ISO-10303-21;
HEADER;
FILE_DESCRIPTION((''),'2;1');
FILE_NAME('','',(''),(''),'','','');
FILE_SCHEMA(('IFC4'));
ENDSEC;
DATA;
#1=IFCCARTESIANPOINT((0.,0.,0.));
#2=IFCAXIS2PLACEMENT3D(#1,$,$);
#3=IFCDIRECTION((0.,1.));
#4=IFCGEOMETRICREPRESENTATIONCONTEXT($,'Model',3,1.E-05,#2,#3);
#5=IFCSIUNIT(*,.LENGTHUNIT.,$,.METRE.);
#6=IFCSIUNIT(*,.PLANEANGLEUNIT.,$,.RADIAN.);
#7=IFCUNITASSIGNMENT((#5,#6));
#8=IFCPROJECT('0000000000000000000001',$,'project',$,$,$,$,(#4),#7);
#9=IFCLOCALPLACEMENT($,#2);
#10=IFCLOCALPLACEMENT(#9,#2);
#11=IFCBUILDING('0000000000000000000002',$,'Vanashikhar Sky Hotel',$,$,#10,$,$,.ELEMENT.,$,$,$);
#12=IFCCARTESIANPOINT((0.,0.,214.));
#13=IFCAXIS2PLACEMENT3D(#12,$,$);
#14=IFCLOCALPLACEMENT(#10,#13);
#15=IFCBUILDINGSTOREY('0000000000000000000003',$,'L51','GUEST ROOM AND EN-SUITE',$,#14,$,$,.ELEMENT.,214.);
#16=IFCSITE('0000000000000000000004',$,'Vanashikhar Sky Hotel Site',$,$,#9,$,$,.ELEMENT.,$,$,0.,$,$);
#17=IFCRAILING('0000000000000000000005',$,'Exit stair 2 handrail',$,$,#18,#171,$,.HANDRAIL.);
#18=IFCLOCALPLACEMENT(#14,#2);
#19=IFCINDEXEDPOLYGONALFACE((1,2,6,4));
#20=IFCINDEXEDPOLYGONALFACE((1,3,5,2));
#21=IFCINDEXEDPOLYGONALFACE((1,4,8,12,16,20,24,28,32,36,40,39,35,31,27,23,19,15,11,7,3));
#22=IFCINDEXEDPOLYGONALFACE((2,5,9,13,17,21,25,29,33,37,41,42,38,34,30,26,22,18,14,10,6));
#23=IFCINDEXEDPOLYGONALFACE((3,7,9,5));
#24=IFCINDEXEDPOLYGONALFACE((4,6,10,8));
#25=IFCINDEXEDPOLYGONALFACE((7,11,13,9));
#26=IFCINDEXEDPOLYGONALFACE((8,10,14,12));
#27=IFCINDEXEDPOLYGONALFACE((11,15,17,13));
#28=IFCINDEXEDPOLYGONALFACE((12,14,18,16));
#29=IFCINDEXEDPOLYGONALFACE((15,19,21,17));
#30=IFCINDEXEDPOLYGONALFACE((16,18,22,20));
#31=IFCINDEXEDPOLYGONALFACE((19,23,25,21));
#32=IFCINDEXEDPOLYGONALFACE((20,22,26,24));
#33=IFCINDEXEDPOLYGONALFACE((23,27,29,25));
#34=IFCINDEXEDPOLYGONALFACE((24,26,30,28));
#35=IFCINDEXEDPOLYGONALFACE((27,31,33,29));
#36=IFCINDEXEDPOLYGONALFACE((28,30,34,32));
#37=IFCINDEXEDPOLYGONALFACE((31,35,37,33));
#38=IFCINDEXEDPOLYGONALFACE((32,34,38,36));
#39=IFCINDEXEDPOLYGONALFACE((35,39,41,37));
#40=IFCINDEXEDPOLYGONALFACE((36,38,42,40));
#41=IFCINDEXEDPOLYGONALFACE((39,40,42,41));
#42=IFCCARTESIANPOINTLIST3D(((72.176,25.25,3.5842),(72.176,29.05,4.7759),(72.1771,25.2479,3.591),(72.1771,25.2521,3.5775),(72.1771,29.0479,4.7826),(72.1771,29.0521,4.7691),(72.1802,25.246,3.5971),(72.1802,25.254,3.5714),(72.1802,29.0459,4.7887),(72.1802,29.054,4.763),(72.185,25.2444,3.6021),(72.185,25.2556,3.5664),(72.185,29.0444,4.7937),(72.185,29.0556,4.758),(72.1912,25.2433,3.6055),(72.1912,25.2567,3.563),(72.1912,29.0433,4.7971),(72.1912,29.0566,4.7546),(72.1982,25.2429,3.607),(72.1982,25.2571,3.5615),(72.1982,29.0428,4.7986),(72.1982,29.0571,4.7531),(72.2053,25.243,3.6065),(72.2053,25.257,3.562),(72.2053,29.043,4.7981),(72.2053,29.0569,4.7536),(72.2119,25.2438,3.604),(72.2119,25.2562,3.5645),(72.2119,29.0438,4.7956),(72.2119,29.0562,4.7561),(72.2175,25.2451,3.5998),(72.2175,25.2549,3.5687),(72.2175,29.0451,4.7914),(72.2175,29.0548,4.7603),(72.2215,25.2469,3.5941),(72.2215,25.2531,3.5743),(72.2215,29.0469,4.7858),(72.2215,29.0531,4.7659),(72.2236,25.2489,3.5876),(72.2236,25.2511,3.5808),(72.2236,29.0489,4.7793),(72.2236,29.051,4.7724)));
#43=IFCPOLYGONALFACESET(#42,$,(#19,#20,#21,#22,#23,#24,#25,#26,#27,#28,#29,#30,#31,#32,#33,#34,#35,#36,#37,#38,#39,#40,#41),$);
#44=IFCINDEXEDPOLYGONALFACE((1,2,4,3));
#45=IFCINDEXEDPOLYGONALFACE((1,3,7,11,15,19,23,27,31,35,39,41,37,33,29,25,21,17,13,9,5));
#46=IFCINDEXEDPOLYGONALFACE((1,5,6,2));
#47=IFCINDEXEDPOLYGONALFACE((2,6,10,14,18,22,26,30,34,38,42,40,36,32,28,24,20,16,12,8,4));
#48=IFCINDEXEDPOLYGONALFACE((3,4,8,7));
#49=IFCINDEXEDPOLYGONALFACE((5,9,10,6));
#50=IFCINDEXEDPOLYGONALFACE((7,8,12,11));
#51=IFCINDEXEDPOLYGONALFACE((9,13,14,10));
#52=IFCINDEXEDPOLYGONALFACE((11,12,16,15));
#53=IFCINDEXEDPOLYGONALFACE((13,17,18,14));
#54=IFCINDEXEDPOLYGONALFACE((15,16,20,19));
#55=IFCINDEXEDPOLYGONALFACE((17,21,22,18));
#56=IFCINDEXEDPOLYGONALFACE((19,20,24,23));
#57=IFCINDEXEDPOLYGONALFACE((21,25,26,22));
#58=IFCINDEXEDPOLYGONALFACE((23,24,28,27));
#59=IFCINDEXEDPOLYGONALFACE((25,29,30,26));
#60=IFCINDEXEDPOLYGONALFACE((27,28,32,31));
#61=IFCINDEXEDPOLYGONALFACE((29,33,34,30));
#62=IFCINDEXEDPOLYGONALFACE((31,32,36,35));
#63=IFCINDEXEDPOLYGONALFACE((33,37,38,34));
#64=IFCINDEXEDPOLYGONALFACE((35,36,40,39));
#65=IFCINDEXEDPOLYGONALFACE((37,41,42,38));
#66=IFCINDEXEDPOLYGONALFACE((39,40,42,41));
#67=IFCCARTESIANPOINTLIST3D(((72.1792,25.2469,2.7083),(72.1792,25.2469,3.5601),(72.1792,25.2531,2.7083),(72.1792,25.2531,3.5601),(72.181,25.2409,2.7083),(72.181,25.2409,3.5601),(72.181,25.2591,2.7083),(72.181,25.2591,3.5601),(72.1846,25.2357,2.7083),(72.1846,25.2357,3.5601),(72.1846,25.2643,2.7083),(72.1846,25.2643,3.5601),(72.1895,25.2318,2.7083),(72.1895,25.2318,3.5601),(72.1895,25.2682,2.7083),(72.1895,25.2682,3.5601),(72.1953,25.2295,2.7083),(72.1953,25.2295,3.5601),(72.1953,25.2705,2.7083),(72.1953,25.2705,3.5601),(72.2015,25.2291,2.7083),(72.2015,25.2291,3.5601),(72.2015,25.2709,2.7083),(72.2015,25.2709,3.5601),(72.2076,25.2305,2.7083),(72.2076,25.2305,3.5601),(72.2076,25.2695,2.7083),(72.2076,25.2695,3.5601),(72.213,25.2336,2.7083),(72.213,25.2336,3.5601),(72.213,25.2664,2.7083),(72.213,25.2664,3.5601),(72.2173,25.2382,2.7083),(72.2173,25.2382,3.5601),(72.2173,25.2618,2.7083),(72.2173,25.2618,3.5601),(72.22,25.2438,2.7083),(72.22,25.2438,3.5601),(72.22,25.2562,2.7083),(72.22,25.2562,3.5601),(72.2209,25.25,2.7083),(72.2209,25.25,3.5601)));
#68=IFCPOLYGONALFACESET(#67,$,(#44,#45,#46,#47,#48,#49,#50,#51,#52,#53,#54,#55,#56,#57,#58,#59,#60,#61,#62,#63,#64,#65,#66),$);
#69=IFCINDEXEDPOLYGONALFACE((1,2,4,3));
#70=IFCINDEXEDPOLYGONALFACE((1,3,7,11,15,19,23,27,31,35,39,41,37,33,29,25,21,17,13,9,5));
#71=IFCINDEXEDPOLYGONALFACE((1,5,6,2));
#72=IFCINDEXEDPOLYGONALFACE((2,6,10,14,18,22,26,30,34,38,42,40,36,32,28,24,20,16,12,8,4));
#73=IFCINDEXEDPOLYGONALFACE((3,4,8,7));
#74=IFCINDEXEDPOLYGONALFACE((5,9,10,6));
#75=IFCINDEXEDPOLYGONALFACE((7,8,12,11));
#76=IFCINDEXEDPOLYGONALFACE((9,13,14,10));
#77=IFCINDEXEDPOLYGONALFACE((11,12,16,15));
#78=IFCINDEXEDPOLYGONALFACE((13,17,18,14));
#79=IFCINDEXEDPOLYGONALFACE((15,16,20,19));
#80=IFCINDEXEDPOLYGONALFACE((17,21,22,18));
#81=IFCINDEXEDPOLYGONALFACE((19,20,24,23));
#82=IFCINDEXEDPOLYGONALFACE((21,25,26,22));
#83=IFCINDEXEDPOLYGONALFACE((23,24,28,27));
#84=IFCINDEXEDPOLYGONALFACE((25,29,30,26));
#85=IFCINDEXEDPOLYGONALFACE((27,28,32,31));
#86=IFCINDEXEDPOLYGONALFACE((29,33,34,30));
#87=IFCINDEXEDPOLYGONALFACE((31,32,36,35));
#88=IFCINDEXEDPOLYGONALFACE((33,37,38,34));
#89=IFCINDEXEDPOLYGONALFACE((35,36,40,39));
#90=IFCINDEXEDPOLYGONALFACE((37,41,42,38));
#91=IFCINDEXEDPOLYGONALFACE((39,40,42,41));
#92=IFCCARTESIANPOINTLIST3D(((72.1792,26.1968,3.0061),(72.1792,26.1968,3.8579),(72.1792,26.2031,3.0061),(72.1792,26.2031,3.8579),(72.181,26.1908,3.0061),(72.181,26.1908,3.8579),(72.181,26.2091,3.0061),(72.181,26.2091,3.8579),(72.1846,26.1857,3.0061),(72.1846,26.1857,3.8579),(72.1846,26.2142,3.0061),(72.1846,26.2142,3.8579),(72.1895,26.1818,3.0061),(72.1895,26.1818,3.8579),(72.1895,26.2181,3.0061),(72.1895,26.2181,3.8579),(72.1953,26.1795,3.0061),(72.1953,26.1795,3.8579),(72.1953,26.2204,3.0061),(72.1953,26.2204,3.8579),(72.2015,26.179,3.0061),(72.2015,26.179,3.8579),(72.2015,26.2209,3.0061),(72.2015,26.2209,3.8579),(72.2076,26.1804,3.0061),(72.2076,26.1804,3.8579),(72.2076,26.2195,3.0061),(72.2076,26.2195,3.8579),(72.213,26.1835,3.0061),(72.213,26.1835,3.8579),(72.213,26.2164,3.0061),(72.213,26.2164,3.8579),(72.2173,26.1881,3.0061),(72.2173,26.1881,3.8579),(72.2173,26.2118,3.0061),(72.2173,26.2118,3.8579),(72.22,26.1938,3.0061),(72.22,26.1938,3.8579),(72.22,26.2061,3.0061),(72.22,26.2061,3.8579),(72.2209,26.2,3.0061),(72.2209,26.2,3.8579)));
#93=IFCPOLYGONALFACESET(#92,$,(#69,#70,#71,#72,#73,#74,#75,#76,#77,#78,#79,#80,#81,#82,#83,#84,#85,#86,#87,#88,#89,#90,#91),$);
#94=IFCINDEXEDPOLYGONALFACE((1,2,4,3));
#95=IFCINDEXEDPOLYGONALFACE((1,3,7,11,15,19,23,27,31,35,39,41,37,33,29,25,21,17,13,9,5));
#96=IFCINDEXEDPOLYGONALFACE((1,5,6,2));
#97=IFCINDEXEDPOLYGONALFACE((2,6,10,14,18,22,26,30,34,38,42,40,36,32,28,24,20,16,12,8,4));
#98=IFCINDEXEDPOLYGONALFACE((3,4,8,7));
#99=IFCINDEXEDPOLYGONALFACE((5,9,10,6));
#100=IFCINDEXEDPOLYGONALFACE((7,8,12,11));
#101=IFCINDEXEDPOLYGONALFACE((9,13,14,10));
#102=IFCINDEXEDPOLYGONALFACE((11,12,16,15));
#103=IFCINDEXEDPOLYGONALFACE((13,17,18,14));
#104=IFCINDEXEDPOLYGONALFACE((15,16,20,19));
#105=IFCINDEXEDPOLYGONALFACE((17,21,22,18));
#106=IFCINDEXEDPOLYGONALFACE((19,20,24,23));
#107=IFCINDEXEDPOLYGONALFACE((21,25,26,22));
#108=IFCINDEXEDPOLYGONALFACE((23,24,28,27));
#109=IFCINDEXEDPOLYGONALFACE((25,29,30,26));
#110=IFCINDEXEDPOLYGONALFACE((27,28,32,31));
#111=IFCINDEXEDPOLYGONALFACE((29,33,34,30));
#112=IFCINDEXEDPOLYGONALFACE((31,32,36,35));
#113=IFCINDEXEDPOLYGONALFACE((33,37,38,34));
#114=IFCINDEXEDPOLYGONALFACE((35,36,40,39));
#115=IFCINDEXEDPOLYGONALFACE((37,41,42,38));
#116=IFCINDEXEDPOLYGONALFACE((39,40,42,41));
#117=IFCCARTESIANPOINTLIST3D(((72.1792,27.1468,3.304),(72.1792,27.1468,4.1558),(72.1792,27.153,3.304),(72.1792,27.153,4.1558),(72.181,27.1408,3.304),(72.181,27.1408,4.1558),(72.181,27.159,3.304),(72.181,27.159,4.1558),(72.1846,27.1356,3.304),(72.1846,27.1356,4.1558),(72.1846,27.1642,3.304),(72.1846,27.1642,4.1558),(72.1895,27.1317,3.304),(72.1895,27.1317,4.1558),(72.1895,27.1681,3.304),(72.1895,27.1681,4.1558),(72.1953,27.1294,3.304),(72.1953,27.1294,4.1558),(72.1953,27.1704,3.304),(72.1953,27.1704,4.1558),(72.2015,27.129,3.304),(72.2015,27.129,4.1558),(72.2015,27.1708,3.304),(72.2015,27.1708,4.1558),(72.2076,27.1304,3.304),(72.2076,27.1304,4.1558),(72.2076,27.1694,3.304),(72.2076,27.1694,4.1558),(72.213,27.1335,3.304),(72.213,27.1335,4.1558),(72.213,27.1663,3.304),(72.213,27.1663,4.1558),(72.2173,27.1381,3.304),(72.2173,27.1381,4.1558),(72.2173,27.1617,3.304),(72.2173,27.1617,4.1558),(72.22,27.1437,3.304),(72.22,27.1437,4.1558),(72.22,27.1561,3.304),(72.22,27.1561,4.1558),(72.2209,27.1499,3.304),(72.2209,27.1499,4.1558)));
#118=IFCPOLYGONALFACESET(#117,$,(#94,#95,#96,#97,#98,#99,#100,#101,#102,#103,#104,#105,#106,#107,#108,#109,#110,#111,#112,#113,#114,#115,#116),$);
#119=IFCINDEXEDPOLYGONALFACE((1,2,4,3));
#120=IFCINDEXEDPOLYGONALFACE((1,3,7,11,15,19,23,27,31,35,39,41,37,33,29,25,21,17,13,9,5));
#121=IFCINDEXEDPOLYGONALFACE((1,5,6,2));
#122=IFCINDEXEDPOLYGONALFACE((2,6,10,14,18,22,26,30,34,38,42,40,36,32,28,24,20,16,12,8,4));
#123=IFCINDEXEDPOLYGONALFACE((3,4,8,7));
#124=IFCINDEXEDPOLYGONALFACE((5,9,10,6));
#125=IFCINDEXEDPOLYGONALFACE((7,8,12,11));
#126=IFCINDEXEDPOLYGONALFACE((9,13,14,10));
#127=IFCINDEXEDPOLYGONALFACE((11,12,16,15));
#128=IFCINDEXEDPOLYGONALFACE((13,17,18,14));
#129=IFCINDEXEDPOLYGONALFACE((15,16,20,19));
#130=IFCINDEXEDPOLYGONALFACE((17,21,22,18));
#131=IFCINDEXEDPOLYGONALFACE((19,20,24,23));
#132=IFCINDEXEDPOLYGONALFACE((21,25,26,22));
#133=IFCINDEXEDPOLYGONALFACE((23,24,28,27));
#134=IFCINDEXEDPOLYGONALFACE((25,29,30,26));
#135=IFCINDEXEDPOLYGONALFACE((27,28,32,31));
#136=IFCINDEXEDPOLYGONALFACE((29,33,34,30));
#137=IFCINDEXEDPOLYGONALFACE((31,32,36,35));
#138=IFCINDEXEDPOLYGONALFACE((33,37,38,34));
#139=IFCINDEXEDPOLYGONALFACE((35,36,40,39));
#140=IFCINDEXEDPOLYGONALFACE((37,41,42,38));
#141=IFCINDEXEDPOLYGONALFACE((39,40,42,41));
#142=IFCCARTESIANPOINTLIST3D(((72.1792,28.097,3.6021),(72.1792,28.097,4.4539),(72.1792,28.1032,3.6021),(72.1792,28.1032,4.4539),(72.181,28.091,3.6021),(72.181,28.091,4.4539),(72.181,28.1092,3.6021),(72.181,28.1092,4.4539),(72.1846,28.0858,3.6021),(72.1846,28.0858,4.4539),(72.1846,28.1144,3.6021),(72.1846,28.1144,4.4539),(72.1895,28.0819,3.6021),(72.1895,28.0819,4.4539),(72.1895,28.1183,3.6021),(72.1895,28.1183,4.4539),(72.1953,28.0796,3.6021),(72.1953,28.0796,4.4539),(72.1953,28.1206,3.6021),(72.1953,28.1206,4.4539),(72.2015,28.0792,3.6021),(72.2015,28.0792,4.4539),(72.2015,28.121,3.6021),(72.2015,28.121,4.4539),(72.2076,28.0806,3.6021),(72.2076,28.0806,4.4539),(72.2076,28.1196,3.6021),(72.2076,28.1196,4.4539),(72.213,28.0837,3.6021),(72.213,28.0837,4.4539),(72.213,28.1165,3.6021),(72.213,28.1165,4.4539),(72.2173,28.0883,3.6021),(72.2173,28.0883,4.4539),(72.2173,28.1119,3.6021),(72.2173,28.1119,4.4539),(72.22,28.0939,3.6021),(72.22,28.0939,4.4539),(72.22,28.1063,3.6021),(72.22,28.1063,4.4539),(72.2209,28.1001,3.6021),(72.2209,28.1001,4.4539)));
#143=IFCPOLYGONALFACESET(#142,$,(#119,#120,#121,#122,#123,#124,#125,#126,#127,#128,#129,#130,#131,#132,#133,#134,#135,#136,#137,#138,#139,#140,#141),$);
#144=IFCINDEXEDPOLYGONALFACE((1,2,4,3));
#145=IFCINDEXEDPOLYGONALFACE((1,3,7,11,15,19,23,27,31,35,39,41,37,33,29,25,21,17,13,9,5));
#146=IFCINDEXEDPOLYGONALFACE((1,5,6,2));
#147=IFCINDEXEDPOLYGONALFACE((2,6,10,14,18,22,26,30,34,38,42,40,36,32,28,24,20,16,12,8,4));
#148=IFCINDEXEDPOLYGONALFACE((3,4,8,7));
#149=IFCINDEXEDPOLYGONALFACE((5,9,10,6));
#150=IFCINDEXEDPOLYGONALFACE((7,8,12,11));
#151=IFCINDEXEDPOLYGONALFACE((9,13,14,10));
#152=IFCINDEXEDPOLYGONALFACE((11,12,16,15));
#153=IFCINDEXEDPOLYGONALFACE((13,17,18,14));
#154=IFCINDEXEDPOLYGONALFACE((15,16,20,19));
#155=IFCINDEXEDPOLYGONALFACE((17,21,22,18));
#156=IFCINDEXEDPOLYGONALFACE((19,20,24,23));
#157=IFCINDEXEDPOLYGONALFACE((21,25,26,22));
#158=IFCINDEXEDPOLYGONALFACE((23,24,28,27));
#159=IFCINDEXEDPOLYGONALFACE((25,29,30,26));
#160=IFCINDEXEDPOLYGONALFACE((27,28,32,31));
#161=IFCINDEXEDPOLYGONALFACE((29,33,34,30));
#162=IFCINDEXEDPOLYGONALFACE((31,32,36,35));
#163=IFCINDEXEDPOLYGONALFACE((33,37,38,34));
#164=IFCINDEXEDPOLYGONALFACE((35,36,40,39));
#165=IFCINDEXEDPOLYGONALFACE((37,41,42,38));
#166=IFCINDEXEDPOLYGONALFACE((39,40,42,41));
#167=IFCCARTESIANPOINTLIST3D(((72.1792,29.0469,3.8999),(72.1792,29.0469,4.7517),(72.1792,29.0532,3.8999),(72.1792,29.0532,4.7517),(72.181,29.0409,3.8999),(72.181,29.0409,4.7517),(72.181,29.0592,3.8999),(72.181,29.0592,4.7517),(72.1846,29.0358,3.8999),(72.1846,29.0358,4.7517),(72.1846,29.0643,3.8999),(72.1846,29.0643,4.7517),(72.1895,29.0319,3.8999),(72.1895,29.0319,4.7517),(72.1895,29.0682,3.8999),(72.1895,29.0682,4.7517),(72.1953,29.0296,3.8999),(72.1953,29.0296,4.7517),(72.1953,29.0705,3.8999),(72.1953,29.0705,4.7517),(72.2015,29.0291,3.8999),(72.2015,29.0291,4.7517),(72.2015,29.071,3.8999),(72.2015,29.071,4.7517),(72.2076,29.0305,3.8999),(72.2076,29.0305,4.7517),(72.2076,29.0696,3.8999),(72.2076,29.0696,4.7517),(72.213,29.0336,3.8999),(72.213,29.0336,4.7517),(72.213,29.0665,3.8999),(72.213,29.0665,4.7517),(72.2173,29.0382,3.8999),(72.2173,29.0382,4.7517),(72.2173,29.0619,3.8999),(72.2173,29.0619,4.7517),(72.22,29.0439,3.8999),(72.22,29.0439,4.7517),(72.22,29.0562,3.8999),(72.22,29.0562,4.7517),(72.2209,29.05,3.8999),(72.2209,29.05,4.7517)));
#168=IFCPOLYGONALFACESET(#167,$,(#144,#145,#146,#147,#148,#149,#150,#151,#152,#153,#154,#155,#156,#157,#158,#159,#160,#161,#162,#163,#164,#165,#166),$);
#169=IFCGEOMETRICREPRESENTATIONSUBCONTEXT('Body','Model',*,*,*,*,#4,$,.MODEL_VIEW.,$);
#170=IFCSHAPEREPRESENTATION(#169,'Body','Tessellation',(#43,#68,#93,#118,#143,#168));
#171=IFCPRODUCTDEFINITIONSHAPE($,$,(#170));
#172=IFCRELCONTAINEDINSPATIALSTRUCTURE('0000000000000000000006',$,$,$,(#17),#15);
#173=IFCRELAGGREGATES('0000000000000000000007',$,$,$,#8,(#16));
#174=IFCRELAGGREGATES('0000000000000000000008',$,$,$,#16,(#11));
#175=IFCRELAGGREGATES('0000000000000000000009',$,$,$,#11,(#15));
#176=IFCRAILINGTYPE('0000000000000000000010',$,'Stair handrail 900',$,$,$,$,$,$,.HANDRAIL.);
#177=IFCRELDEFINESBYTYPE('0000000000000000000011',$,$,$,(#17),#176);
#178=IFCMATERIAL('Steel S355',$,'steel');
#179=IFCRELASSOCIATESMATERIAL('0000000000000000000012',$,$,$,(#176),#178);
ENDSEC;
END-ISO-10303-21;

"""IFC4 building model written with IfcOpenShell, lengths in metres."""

from ifc_helpers import new_model, si_unit, direction, frame, origin, origin_2d, place, context, subcontext, project, spatial, circle, extrude, source, transform, mapped, material, type_object, element, save


model = new_model("IFC4")

# Units and contexts
model_context = context("Model", 3, precision=1e-05, world=origin(), true_north=direction((0.0, 1.0)))
body_context = subcontext(model_context, "Body", "Model", "MODEL_VIEW")
ifc_project = project(units=[si_unit("LENGTHUNIT", "METRE"), si_unit("PLANEANGLEUNIT", "RADIAN")], contexts=[model_context])

# Site, building, storey
site_placement = place(None, origin())
site = spatial("IfcSite", under=ifc_project, at=site_placement, Name="Vanashikhar Sky Hotel Site", CompositionType="ELEMENT", RefElevation=0.0)
building_placement = place(site_placement, origin())
building = spatial("IfcBuilding", under=site, at=building_placement, Name="Vanashikhar Sky Hotel", CompositionType="ELEMENT")
storey_placement = place(building_placement, frame((0.0, 0.0, 214.0)))
storey = spatial("IfcBuildingStorey", under=building, at=storey_placement, Name="L51", Description="GUEST ROOM AND EN-SUITE", CompositionType="ELEMENT", Elevation=214.0)

# Railing
ifc_material_1 = material(Name="Steel S355", Category="steel")
railing_type_1 = type_object("IfcRailingType", Name="Stair handrail 900", PredefinedType="HANDRAIL", material=ifc_material_1)
shared_shape_1 = source(origin(), body_context, "Body", "SweptSolid", [
    extrude(circle(Radius=0.0239, at=origin_2d()), frame((0.0, 0.0, 0.876), z_axis=(0.0, 0.954184, 0.299221), x_axis=(-1.0, 0.0, 0.0)), (0.0, 0.0, 1.0), 3.9824),
    extrude(circle(Radius=0.021, at=origin_2d()), origin(), (0.0, 0.0, 1.0), 0.8518),
    extrude(circle(Radius=0.021, at=origin_2d()), frame((0.0, 0.95, 0.2979)), (0.0, 0.0, 1.0), 0.8518),
    extrude(circle(Radius=0.021, at=origin_2d()), frame((0.0, 1.8999, 0.5957)), (0.0, 0.0, 1.0), 0.8518),
    extrude(circle(Radius=0.021, at=origin_2d()), frame((0.0, 2.8501, 0.8938)), (0.0, 0.0, 1.0), 0.8518),
    extrude(circle(Radius=0.021, at=origin_2d()), frame((0.0, 3.8, 1.1917)), (0.0, 0.0, 1.0), 0.8518),
])
for number, where, name in (
    (1, (72.2, 25.25, 2.7083), "Exit stair 2 handrail"),
):
    element("IfcRailing", number, at=place(storey_placement, frame(where)), inside=storey, type_object=railing_type_1, Name=name, PredefinedType="HANDRAIL", context=body_context, shape_type="MappedRepresentation", body=[
        mapped(shared_shape_1, transform((0.0, 0.0, 0.0), scale=1.0)),
    ])

save(model, "model.ifc")
